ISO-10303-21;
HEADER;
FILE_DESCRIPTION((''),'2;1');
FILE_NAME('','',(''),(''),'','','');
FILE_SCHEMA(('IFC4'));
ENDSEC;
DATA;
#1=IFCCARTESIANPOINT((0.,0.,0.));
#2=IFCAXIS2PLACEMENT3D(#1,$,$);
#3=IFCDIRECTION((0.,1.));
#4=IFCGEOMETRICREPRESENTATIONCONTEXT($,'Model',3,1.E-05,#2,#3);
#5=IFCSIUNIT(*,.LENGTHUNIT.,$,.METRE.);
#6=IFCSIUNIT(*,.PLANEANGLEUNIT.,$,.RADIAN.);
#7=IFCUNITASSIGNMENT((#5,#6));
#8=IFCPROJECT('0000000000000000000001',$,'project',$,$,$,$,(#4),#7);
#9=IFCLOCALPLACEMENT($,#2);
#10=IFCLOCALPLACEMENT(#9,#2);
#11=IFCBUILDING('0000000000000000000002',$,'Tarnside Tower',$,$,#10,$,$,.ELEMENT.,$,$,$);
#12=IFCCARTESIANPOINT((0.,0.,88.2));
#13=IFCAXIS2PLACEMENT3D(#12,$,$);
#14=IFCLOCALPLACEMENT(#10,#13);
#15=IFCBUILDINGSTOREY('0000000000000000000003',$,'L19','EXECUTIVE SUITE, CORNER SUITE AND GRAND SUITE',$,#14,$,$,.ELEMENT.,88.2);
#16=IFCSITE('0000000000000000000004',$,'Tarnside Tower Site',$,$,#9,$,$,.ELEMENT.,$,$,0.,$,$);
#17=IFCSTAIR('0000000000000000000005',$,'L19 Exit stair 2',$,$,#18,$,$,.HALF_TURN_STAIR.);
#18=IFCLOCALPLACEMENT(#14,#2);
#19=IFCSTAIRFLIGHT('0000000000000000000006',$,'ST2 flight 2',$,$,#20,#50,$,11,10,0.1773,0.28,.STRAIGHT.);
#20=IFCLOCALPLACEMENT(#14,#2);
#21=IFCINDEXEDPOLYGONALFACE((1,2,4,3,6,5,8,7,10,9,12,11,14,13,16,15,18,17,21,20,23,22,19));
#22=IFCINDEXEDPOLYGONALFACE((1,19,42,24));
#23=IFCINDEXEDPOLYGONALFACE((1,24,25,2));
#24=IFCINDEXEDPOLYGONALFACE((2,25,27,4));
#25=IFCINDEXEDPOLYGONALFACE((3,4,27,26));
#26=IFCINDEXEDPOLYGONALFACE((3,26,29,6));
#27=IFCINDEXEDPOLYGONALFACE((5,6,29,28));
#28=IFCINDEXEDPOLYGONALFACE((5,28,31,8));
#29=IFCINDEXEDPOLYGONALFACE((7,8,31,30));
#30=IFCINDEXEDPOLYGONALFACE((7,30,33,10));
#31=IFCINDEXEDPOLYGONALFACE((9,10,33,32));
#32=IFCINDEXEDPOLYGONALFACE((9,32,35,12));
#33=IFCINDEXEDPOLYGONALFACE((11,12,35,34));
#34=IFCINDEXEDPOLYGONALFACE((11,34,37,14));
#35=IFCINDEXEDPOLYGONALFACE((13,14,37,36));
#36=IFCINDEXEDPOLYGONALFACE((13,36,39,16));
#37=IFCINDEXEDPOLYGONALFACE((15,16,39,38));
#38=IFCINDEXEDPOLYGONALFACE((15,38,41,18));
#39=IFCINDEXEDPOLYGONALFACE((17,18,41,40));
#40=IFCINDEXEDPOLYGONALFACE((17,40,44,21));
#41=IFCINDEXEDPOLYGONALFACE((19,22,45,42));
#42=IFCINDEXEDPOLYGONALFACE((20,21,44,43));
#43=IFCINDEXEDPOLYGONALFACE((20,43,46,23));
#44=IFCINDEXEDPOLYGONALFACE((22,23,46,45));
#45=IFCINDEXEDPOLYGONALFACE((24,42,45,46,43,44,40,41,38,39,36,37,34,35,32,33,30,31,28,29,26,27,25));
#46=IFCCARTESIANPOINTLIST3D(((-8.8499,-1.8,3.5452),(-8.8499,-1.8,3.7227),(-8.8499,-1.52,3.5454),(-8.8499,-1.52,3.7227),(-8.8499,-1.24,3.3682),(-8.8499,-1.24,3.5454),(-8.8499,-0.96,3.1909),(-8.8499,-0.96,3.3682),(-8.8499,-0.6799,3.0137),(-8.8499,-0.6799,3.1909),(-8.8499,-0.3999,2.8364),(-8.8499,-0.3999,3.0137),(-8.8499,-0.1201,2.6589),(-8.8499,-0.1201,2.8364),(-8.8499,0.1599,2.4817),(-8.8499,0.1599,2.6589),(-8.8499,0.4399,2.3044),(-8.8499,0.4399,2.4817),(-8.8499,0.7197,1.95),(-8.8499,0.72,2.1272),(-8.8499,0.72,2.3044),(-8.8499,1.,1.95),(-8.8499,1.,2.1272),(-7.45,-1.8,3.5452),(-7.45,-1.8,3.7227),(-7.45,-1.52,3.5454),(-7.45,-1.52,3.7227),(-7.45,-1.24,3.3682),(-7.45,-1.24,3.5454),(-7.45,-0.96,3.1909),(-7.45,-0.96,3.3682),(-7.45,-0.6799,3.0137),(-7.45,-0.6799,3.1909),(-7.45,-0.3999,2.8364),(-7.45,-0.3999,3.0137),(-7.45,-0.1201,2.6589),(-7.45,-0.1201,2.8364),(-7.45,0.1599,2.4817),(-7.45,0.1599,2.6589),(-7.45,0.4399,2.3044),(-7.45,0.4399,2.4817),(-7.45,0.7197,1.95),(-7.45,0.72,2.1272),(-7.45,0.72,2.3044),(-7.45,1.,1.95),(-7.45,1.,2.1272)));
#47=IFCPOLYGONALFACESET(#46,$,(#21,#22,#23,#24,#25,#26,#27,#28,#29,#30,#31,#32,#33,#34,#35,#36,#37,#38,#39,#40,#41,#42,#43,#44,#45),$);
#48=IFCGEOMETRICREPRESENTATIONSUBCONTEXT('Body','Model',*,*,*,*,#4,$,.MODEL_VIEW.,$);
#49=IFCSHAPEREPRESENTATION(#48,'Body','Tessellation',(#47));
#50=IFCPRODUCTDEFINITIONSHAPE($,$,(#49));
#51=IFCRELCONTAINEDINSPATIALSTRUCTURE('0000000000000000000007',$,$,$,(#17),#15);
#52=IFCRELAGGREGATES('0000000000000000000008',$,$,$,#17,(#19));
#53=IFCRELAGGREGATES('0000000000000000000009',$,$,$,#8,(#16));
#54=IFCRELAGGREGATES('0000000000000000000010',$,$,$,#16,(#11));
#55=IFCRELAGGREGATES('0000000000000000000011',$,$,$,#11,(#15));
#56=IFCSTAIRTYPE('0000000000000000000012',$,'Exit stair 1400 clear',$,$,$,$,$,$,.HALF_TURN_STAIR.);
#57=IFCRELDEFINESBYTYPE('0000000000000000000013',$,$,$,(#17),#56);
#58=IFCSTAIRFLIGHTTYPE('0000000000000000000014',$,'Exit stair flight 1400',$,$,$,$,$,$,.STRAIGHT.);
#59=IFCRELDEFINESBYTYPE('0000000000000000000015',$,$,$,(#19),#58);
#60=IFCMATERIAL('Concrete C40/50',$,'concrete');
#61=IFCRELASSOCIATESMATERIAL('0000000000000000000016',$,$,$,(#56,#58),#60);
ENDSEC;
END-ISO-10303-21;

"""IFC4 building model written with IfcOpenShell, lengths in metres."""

from ifc_helpers import new_model, si_unit, direction, frame, origin, place, context, subcontext, project, spatial, polyline, outline, extrude, material, type_object, element, aggregate, save


model = new_model("IFC4")

# Units and contexts
model_context = context("Model", 3, precision=1e-05, world=origin(), true_north=direction((0.0, 1.0)))
body_context = subcontext(model_context, "Body", "Model", "MODEL_VIEW")
ifc_project = project(units=[si_unit("LENGTHUNIT", "METRE"), si_unit("PLANEANGLEUNIT", "RADIAN")], contexts=[model_context])

# Site, building, storey
site_placement = place(None, origin())
site = spatial("IfcSite", under=ifc_project, at=site_placement, Name="Tarnside Tower Site", CompositionType="ELEMENT", RefElevation=0.0)
building_placement = place(site_placement, origin())
building = spatial("IfcBuilding", under=site, at=building_placement, Name="Tarnside Tower", CompositionType="ELEMENT")
storey_placement = place(building_placement, frame((0.0, 0.0, 88.2)))
storey = spatial("IfcBuildingStorey", under=building, at=storey_placement, Name="L19", Description="EXECUTIVE SUITE, CORNER SUITE AND GRAND SUITE", CompositionType="ELEMENT", Elevation=88.2)

# Shared definitions
ifc_material_1 = material(Name="Concrete C40/50", Category="concrete")

# Stair, stair flight
stair_type = type_object("IfcStairType", Name="Exit stair 1400 clear", PredefinedType="HALF_TURN_STAIR", material=ifc_material_1)
stair_placement = place(storey_placement, origin())
stair = element("IfcStair", 1, at=stair_placement, inside=storey, type_object=stair_type, Name="L19 Exit stair 2", PredefinedType="HALF_TURN_STAIR")
stair_flight_type = type_object("IfcStairFlightType", Name="Exit stair flight 1400", PredefinedType="STRAIGHT", material=ifc_material_1)
stair_flight_placement = place(storey_placement, frame((-8.1499, 1.0, 1.95), z_axis=(0.0, 0.0, 1.0), x_axis=(0.0, -1.0, 0.0)))
stair_flight = element("IfcStairFlight", 2, at=stair_flight_placement, type_object=stair_flight_type, Name="ST2 flight 2", NumberOfRisers=11, NumberOfTreads=10, PredefinedType="STRAIGHT", RiserHeight=0.1773, TreadLength=0.28, context=body_context, shape_type="SweptSolid", body=[
    extrude(outline(polyline([(0.0, 0.0), (0.0, 0.1772), (0.28, 0.1772), (0.28, 0.3545), (0.5601, 0.3545), (0.5601, 0.5317), (0.8401, 0.5317), (0.8401, 0.709), (1.1201, 0.709), (1.1201, 0.8865), (1.3999, 0.8865), (1.3999, 1.0637), (1.6799, 1.0637), (1.6799, 1.241), (1.96, 1.241), (1.96, 1.4182), (2.24, 1.4182), (2.24, 1.5955), (2.52, 1.5955), (2.52, 1.7727), (2.8, 1.7727), (2.8, 1.95), (2.8, 1.5952), (0.2803, 0.0), (0.0, 0.0)])), frame((0.0, 0.7, 0.0), z_axis=(0.0, -1.0, 0.0), x_axis=(1.0, 0.0, 0.0)), (0.0, 0.0, 1.0), 1.3999),
])
aggregate(stair, [stair_flight])

save(model, "model.ifc")
